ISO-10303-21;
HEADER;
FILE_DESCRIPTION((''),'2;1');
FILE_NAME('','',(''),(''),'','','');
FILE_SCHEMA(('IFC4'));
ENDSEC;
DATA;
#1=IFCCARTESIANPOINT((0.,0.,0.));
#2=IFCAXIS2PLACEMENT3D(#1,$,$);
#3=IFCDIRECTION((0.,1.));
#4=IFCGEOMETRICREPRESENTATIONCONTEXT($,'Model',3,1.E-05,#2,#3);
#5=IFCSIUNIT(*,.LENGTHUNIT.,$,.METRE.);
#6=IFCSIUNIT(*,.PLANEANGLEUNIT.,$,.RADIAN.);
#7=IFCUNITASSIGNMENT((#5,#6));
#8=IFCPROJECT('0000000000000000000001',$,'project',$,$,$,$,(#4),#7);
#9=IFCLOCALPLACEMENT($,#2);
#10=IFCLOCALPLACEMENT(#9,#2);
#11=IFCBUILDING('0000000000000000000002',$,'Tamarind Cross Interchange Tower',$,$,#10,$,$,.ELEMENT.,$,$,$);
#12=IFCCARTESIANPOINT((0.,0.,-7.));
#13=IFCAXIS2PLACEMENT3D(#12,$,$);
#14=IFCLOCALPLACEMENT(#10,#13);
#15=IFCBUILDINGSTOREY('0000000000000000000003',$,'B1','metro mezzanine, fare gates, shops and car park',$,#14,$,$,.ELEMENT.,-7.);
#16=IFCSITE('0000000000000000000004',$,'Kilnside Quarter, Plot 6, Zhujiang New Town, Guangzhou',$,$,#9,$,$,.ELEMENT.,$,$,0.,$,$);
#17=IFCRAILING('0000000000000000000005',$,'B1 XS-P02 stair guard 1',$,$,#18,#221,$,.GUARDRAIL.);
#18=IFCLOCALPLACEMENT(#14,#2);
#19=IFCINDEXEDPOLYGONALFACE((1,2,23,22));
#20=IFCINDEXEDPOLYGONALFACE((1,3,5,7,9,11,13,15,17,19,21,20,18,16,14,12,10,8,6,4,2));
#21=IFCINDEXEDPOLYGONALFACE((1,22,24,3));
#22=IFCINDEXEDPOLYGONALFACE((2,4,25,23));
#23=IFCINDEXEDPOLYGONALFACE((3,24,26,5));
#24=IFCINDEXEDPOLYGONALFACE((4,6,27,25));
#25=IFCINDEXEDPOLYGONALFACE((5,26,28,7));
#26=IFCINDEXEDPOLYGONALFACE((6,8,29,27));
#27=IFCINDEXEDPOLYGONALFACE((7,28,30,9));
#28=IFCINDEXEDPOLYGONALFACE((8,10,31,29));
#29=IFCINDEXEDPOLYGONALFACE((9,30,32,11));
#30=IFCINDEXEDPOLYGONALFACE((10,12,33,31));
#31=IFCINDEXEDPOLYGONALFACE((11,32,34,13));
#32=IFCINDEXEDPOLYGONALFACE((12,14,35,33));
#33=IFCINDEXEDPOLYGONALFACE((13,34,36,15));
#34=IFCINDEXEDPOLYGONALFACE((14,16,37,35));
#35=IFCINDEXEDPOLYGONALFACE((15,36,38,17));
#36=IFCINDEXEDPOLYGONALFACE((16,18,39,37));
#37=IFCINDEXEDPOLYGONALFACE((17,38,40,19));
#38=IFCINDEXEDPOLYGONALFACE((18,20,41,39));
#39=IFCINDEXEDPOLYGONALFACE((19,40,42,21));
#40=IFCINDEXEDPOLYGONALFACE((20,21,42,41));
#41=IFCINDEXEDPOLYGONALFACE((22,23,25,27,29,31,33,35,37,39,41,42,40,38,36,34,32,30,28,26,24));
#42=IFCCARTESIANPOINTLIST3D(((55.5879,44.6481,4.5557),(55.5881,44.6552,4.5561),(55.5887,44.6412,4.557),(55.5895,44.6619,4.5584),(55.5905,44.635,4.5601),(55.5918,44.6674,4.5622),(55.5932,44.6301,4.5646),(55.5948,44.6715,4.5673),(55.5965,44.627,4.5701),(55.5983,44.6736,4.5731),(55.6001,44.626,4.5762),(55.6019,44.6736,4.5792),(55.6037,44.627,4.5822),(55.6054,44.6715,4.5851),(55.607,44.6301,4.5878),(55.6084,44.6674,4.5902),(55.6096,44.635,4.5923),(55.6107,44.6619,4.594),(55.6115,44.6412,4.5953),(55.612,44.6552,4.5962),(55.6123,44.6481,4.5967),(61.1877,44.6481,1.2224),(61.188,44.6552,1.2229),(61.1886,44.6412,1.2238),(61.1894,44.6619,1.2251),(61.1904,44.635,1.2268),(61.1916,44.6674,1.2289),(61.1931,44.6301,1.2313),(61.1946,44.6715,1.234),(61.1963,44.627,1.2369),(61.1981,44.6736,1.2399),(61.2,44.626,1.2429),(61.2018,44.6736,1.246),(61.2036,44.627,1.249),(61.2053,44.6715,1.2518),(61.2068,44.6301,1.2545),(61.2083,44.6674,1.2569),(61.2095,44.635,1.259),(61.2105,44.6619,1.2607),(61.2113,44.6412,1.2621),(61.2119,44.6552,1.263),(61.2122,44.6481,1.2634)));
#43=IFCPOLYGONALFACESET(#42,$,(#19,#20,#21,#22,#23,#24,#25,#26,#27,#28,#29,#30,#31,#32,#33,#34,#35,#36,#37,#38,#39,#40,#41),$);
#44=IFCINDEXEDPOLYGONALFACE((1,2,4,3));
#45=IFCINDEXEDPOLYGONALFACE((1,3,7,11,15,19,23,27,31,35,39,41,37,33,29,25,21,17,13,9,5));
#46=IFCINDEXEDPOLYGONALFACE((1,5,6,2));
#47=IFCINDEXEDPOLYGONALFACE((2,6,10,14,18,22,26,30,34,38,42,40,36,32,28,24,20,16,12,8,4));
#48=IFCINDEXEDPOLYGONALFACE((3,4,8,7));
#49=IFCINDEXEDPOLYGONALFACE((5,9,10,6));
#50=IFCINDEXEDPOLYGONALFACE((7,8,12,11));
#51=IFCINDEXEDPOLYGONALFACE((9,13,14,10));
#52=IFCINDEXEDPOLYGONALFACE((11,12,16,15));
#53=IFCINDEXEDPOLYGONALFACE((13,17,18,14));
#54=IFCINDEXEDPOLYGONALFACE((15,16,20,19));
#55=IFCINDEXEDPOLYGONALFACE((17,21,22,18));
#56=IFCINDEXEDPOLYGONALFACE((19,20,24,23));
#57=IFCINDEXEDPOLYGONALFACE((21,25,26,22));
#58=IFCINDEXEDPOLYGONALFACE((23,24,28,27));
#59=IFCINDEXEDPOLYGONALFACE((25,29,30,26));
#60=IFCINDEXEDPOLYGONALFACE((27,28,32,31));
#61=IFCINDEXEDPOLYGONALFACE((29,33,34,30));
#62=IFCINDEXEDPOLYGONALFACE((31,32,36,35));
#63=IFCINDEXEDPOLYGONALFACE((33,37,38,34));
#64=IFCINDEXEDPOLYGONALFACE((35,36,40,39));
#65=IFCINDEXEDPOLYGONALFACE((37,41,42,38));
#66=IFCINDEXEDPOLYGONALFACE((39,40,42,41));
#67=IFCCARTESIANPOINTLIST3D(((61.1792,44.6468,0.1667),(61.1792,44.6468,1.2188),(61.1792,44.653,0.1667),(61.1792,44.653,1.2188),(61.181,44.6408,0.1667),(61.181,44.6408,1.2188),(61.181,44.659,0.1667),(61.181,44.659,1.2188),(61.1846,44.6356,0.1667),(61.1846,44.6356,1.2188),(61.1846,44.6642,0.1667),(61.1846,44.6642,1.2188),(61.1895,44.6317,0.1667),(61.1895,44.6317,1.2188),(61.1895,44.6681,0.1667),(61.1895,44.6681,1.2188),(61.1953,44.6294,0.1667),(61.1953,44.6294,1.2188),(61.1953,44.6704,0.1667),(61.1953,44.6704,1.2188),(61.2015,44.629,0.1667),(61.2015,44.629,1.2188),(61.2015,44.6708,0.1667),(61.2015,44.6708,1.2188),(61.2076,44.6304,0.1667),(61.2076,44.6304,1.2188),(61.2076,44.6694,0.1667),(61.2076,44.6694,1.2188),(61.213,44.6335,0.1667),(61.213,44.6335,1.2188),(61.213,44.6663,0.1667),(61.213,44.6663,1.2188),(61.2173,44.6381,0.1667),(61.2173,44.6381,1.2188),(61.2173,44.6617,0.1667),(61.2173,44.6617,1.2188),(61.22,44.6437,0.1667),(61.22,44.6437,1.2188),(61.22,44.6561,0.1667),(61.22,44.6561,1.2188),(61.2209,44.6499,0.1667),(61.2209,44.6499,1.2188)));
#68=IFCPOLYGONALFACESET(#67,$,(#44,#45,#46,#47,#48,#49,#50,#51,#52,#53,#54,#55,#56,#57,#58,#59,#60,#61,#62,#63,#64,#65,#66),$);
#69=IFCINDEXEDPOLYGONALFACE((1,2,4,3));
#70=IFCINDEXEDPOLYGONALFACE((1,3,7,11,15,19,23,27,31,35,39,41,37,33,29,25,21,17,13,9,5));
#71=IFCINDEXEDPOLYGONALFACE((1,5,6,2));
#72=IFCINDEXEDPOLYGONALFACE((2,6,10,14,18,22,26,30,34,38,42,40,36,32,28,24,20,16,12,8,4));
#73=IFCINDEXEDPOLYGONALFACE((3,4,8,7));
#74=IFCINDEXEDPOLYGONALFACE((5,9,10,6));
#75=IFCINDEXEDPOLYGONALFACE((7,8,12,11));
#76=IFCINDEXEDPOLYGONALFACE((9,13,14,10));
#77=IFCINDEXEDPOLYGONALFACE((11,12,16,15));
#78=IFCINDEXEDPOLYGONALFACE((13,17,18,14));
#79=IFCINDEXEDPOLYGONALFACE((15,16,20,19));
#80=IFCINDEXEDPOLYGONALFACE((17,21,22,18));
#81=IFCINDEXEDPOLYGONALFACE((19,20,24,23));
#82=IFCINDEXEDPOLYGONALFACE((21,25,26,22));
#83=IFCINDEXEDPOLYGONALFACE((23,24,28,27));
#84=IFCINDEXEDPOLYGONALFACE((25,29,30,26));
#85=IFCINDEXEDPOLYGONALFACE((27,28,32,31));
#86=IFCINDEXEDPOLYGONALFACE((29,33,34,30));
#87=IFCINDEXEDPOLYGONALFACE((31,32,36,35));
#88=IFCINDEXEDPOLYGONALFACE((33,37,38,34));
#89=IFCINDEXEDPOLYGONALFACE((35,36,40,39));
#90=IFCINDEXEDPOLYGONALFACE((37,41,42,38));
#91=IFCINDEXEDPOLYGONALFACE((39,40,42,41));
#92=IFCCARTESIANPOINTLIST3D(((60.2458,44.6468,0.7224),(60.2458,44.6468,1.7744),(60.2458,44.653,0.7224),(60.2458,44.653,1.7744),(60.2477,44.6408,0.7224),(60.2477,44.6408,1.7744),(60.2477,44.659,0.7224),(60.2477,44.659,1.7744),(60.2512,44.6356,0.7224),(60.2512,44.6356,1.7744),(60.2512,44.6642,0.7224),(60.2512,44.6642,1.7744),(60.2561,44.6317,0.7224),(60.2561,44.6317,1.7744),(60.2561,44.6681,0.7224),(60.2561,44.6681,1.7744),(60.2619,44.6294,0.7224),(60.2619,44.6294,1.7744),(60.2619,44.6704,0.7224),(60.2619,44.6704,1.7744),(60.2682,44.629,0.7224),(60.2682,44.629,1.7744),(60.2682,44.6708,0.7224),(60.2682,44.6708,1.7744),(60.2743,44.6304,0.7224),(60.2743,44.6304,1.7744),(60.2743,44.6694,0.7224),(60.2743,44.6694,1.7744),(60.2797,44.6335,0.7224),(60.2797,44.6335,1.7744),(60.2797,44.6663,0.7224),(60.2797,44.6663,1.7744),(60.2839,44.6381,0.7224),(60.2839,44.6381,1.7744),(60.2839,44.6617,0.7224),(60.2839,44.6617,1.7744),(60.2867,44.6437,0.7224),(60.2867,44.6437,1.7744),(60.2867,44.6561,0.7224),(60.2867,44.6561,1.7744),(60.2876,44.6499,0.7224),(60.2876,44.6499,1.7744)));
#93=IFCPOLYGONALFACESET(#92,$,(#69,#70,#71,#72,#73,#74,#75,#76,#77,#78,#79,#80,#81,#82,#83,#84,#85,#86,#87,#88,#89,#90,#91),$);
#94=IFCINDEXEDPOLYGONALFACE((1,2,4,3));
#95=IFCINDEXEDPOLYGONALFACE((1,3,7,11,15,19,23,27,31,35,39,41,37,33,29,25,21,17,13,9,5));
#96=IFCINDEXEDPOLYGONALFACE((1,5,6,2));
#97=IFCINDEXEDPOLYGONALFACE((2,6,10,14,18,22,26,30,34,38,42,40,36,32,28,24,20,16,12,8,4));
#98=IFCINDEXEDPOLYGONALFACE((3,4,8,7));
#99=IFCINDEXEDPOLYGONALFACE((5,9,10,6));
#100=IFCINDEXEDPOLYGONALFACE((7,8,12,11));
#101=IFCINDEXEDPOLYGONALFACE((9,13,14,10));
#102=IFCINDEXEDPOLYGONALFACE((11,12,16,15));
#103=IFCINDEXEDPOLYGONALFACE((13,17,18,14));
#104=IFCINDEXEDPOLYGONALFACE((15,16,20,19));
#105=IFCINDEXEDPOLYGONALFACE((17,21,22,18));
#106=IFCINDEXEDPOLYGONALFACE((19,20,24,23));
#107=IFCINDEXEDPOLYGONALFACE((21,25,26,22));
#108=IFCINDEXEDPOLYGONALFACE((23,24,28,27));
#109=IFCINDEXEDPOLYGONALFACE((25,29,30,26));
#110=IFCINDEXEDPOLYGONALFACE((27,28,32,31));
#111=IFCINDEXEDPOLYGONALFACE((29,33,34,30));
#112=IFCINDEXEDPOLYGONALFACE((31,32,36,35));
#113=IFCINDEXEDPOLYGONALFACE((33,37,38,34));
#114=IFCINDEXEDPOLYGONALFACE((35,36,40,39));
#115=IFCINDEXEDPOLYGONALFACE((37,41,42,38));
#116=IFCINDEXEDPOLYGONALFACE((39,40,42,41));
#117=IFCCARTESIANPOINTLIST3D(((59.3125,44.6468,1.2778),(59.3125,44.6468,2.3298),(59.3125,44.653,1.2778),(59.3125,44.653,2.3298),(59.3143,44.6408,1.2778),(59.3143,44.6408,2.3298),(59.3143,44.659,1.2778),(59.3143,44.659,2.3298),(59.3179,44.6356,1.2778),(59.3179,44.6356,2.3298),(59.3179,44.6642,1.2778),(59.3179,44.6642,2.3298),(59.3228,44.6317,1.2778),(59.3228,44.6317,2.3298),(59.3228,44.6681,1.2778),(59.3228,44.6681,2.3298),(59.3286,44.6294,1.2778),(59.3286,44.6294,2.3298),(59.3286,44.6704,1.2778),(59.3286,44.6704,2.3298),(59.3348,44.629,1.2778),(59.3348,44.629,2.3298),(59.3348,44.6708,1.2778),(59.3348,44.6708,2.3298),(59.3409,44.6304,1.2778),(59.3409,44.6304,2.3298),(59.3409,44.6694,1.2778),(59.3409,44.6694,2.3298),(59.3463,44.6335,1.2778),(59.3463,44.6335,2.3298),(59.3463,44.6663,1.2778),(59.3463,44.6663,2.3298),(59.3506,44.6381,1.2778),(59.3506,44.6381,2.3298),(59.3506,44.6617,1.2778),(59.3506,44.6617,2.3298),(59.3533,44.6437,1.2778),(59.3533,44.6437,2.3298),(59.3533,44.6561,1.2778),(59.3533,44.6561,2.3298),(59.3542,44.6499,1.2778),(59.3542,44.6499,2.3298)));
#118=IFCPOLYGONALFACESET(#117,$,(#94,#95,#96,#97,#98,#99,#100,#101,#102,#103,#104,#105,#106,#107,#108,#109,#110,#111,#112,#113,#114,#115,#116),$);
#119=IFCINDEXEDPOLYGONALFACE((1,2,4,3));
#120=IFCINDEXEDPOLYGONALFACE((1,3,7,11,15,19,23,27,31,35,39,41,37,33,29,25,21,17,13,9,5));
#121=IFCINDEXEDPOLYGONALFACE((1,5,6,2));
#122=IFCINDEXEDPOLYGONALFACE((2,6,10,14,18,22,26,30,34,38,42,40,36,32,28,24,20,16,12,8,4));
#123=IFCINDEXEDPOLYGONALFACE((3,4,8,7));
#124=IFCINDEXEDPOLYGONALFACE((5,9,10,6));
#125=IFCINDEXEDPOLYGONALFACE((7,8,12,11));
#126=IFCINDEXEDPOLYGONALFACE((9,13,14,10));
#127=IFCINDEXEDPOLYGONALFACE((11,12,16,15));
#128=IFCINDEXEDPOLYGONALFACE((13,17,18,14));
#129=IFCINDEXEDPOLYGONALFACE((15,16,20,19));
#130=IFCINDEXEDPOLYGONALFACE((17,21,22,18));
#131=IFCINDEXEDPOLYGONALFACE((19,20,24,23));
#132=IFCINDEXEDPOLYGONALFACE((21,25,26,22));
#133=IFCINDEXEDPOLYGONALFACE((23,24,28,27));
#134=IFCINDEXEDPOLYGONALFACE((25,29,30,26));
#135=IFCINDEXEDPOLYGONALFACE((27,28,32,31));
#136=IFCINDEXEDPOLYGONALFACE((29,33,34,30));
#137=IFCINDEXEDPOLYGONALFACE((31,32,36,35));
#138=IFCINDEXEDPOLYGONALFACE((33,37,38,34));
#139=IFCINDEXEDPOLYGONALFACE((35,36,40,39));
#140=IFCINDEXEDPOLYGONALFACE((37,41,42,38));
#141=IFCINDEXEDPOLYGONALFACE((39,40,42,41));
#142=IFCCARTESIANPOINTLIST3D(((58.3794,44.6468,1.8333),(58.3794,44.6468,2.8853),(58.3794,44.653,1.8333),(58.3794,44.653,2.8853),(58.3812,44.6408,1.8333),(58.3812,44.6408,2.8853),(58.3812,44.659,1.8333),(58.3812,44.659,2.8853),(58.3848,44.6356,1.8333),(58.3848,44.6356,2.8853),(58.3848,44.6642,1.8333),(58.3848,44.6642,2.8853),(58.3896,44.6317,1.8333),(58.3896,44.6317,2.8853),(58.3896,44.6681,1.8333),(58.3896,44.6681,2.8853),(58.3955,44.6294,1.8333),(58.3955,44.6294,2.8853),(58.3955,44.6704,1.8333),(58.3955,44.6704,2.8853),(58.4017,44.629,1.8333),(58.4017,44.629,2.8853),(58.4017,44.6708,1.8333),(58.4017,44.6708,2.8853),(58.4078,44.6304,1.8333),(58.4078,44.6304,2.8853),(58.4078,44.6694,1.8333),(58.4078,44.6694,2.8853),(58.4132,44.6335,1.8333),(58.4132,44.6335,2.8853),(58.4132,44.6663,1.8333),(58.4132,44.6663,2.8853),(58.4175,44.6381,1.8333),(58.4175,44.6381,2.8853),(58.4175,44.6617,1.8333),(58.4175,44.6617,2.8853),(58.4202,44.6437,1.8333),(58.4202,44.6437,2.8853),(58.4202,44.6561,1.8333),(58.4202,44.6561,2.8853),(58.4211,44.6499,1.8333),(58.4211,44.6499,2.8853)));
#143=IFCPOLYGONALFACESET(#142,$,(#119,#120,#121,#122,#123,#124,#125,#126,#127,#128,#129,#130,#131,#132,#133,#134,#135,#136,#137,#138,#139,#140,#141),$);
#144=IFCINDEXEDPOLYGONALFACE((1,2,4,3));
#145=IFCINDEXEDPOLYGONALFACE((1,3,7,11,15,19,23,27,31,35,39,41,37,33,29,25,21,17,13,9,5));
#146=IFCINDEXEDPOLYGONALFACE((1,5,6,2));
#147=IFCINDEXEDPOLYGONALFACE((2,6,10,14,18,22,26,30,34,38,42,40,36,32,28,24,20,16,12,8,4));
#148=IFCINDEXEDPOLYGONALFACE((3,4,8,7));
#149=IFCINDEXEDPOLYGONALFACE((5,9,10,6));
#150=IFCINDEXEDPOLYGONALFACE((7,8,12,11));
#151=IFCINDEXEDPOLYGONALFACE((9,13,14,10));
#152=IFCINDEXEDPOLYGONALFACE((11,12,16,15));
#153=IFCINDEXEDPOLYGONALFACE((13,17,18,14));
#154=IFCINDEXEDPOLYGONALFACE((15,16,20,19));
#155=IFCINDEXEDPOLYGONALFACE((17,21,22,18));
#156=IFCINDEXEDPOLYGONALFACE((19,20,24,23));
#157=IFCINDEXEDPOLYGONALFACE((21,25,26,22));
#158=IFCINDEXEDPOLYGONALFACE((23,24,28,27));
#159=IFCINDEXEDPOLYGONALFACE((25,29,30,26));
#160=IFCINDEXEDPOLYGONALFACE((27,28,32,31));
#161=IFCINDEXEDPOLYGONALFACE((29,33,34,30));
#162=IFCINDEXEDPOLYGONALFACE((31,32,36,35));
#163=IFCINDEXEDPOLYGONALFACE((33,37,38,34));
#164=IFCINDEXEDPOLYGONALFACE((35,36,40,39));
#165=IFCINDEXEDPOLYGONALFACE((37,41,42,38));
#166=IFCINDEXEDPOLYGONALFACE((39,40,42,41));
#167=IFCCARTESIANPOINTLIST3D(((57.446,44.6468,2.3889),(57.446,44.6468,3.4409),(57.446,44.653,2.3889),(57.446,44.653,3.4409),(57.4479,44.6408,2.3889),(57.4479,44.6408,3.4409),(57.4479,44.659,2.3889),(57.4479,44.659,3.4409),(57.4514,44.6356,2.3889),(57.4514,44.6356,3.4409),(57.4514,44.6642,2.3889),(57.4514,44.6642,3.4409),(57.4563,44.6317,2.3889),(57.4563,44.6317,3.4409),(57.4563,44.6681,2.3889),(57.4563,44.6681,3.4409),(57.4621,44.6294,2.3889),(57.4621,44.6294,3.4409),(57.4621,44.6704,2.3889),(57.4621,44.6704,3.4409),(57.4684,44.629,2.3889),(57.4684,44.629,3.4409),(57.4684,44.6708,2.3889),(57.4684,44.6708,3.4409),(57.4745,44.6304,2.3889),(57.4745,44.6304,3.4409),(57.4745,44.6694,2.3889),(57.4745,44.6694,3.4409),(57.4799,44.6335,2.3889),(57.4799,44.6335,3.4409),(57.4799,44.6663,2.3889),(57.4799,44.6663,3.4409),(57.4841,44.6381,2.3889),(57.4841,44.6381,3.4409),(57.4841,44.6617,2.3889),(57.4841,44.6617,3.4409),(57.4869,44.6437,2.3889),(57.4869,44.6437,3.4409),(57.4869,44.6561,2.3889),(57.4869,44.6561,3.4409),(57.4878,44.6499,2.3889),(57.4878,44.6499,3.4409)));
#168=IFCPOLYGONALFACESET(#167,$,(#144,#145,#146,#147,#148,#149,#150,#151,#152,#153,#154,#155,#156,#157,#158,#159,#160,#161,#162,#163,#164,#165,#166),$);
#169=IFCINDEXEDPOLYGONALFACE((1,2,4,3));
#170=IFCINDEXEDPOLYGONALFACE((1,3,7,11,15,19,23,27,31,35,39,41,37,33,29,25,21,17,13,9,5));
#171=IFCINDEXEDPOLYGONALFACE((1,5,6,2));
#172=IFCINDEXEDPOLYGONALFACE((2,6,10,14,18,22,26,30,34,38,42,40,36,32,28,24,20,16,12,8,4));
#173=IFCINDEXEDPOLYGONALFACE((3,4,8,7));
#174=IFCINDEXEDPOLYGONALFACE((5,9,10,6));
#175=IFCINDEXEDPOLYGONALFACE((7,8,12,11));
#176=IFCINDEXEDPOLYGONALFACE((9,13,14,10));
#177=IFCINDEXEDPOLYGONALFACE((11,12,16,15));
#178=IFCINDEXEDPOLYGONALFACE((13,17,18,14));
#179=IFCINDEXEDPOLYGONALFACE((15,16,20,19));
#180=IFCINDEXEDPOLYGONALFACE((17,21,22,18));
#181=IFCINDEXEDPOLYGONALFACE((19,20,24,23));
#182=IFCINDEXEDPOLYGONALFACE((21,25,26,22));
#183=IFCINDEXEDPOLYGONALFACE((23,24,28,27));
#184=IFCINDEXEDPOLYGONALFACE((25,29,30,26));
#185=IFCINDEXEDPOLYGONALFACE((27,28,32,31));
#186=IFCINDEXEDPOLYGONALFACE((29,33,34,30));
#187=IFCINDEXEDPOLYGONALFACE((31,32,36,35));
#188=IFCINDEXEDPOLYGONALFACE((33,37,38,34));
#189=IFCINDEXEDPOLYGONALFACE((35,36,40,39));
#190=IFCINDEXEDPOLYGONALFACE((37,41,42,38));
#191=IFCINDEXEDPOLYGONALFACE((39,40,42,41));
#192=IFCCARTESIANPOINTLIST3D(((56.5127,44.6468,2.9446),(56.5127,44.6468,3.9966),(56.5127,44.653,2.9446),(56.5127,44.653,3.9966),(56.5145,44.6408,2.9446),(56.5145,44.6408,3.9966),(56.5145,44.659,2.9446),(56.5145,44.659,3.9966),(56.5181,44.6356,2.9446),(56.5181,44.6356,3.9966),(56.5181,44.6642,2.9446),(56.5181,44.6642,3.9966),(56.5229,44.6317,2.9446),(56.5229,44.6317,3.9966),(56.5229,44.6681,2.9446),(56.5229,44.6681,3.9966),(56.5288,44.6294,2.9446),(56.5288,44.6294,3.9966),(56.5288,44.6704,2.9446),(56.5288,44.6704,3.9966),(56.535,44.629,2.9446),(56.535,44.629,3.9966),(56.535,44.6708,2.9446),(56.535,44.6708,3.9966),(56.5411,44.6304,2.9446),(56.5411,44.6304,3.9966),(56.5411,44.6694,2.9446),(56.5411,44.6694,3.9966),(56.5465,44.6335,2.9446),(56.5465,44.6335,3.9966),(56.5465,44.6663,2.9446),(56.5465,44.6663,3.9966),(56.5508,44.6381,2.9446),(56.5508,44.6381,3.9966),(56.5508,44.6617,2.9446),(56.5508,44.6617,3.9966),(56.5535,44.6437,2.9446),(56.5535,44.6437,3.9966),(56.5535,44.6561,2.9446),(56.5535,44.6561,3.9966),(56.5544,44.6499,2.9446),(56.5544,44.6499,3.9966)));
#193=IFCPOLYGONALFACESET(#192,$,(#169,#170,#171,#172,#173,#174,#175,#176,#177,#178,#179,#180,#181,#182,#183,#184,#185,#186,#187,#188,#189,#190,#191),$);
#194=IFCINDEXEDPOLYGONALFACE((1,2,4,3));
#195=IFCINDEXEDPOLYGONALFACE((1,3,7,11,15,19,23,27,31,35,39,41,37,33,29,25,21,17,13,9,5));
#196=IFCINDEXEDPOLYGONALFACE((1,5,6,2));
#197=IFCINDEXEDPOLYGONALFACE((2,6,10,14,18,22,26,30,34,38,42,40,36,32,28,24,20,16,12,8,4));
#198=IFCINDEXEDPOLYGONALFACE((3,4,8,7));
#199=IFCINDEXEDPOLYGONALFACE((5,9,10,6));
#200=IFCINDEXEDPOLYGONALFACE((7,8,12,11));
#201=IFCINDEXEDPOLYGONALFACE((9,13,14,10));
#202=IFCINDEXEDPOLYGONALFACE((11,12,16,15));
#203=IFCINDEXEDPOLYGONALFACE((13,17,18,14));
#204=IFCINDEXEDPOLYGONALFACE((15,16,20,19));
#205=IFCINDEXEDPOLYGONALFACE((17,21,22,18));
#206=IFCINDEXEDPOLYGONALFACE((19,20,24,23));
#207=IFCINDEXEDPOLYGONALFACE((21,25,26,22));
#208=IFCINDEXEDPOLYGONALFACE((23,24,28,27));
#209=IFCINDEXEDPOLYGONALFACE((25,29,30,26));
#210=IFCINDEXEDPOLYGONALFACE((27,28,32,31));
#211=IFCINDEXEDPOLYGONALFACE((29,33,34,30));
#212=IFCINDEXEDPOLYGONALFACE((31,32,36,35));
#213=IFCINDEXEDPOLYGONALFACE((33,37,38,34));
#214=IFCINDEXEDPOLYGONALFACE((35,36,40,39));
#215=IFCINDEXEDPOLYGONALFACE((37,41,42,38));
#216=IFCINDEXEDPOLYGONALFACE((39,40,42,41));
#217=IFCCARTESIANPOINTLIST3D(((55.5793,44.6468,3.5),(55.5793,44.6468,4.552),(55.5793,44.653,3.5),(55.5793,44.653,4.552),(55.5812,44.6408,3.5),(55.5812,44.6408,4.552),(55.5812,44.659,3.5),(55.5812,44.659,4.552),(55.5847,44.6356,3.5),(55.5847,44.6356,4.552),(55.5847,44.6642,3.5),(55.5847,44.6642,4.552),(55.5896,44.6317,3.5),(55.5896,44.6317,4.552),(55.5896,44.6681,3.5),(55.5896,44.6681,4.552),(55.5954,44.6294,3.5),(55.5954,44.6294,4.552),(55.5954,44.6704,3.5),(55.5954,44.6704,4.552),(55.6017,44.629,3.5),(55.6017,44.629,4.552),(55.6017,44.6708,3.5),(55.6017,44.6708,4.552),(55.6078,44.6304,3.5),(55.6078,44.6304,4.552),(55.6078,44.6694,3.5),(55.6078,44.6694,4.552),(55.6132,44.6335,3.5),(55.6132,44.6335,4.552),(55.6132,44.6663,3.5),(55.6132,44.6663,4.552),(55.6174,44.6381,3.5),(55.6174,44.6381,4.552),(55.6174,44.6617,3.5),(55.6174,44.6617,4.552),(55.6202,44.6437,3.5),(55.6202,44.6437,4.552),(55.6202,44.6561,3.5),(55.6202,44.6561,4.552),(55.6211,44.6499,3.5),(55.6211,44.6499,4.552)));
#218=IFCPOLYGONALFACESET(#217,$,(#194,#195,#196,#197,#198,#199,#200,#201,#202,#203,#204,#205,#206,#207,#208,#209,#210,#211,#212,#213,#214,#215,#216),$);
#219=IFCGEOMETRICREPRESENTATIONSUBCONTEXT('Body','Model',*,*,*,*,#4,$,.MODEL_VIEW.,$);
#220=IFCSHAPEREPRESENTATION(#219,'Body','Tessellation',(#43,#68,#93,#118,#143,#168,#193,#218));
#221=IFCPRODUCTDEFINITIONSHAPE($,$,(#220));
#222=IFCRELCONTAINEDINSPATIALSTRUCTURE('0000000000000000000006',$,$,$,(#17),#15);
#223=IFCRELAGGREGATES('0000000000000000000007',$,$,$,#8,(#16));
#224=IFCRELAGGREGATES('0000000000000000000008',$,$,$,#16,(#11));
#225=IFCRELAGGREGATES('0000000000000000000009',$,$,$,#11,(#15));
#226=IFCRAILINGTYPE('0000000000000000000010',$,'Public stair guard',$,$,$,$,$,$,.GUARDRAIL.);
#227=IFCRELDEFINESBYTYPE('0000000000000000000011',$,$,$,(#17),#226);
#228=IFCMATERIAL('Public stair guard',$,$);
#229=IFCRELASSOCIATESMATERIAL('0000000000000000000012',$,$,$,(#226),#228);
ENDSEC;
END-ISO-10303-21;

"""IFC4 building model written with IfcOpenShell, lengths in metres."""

from ifc_helpers import new_model, si_unit, direction, frame, origin, origin_2d, place, context, subcontext, project, spatial, circle, extrude, material, type_object, element, save


model = new_model("IFC4")

# Units and contexts
model_context = context("Model", 3, precision=1e-05, world=origin(), true_north=direction((0.0, 1.0)))
body_context = subcontext(model_context, "Body", "Model", "MODEL_VIEW")
ifc_project = project(units=[si_unit("LENGTHUNIT", "METRE"), si_unit("PLANEANGLEUNIT", "RADIAN")], contexts=[model_context])

# Site, building, storey
site_placement = place(None, origin())
site = spatial("IfcSite", under=ifc_project, at=site_placement, Name="Kilnside Quarter, Plot 6, Zhujiang New Town, Guangzhou", CompositionType="ELEMENT", RefElevation=0.0)
building_placement = place(site_placement, origin())
building = spatial("IfcBuilding", under=site, at=building_placement, Name="Tamarind Cross Interchange Tower", CompositionType="ELEMENT")
storey_placement = place(building_placement, frame((0.0, 0.0, -7.0)))
storey = spatial("IfcBuildingStorey", under=building, at=storey_placement, Name="B1", Description="metro mezzanine, fare gates, shops and car park", CompositionType="ELEMENT", Elevation=-7.0)

# Railing
ifc_material_1 = material(Name="Public stair guard")
railing_type_1 = type_object("IfcRailingType", Name="Public stair guard", PredefinedType="GUARDRAIL", material=ifc_material_1)
railing_1_placement = place(storey_placement, frame((61.2, 44.6499, 0.1667)))
element("IfcRailing", 1, at=railing_1_placement, inside=storey, type_object=railing_type_1, Name="B1 XS-P02 stair guard 1", PredefinedType="GUARDRAIL", context=body_context, shape_type="SweptSolid", body=[
    extrude(circle(Radius=0.0239, at=origin_2d()), frame((0.0, 0.0, 1.0762), z_axis=(-0.859292, 0.0, 0.511485), x_axis=(0.0, -1.0, 0.0)), (0.0, 0.0, 1.0), 6.5168),
    extrude(circle(Radius=0.021, at=origin_2d()), origin(), (0.0, 0.0, 1.0), 1.052),
    extrude(circle(Radius=0.021, at=origin_2d()), frame((-0.9333, 0.0, 0.5557)), (0.0, 0.0, 1.0), 1.052),
    extrude(circle(Radius=0.021, at=origin_2d()), frame((-1.8667, 0.0, 1.1111)), (0.0, 0.0, 1.0), 1.052),
    extrude(circle(Radius=0.021, at=origin_2d()), frame((-2.7998, 0.0, 1.6665)), (0.0, 0.0, 1.0), 1.052),
    extrude(circle(Radius=0.021, at=origin_2d()), frame((-3.7332, 0.0, 2.2222)), (0.0, 0.0, 1.0), 1.052),
    extrude(circle(Radius=0.021, at=origin_2d()), frame((-4.6665, 0.0, 2.7778)), (0.0, 0.0, 1.0), 1.052),
    extrude(circle(Radius=0.021, at=origin_2d()), frame((-5.5999, 0.0, 3.3333)), (0.0, 0.0, 1.0), 1.052),
])

save(model, "model.ifc")
